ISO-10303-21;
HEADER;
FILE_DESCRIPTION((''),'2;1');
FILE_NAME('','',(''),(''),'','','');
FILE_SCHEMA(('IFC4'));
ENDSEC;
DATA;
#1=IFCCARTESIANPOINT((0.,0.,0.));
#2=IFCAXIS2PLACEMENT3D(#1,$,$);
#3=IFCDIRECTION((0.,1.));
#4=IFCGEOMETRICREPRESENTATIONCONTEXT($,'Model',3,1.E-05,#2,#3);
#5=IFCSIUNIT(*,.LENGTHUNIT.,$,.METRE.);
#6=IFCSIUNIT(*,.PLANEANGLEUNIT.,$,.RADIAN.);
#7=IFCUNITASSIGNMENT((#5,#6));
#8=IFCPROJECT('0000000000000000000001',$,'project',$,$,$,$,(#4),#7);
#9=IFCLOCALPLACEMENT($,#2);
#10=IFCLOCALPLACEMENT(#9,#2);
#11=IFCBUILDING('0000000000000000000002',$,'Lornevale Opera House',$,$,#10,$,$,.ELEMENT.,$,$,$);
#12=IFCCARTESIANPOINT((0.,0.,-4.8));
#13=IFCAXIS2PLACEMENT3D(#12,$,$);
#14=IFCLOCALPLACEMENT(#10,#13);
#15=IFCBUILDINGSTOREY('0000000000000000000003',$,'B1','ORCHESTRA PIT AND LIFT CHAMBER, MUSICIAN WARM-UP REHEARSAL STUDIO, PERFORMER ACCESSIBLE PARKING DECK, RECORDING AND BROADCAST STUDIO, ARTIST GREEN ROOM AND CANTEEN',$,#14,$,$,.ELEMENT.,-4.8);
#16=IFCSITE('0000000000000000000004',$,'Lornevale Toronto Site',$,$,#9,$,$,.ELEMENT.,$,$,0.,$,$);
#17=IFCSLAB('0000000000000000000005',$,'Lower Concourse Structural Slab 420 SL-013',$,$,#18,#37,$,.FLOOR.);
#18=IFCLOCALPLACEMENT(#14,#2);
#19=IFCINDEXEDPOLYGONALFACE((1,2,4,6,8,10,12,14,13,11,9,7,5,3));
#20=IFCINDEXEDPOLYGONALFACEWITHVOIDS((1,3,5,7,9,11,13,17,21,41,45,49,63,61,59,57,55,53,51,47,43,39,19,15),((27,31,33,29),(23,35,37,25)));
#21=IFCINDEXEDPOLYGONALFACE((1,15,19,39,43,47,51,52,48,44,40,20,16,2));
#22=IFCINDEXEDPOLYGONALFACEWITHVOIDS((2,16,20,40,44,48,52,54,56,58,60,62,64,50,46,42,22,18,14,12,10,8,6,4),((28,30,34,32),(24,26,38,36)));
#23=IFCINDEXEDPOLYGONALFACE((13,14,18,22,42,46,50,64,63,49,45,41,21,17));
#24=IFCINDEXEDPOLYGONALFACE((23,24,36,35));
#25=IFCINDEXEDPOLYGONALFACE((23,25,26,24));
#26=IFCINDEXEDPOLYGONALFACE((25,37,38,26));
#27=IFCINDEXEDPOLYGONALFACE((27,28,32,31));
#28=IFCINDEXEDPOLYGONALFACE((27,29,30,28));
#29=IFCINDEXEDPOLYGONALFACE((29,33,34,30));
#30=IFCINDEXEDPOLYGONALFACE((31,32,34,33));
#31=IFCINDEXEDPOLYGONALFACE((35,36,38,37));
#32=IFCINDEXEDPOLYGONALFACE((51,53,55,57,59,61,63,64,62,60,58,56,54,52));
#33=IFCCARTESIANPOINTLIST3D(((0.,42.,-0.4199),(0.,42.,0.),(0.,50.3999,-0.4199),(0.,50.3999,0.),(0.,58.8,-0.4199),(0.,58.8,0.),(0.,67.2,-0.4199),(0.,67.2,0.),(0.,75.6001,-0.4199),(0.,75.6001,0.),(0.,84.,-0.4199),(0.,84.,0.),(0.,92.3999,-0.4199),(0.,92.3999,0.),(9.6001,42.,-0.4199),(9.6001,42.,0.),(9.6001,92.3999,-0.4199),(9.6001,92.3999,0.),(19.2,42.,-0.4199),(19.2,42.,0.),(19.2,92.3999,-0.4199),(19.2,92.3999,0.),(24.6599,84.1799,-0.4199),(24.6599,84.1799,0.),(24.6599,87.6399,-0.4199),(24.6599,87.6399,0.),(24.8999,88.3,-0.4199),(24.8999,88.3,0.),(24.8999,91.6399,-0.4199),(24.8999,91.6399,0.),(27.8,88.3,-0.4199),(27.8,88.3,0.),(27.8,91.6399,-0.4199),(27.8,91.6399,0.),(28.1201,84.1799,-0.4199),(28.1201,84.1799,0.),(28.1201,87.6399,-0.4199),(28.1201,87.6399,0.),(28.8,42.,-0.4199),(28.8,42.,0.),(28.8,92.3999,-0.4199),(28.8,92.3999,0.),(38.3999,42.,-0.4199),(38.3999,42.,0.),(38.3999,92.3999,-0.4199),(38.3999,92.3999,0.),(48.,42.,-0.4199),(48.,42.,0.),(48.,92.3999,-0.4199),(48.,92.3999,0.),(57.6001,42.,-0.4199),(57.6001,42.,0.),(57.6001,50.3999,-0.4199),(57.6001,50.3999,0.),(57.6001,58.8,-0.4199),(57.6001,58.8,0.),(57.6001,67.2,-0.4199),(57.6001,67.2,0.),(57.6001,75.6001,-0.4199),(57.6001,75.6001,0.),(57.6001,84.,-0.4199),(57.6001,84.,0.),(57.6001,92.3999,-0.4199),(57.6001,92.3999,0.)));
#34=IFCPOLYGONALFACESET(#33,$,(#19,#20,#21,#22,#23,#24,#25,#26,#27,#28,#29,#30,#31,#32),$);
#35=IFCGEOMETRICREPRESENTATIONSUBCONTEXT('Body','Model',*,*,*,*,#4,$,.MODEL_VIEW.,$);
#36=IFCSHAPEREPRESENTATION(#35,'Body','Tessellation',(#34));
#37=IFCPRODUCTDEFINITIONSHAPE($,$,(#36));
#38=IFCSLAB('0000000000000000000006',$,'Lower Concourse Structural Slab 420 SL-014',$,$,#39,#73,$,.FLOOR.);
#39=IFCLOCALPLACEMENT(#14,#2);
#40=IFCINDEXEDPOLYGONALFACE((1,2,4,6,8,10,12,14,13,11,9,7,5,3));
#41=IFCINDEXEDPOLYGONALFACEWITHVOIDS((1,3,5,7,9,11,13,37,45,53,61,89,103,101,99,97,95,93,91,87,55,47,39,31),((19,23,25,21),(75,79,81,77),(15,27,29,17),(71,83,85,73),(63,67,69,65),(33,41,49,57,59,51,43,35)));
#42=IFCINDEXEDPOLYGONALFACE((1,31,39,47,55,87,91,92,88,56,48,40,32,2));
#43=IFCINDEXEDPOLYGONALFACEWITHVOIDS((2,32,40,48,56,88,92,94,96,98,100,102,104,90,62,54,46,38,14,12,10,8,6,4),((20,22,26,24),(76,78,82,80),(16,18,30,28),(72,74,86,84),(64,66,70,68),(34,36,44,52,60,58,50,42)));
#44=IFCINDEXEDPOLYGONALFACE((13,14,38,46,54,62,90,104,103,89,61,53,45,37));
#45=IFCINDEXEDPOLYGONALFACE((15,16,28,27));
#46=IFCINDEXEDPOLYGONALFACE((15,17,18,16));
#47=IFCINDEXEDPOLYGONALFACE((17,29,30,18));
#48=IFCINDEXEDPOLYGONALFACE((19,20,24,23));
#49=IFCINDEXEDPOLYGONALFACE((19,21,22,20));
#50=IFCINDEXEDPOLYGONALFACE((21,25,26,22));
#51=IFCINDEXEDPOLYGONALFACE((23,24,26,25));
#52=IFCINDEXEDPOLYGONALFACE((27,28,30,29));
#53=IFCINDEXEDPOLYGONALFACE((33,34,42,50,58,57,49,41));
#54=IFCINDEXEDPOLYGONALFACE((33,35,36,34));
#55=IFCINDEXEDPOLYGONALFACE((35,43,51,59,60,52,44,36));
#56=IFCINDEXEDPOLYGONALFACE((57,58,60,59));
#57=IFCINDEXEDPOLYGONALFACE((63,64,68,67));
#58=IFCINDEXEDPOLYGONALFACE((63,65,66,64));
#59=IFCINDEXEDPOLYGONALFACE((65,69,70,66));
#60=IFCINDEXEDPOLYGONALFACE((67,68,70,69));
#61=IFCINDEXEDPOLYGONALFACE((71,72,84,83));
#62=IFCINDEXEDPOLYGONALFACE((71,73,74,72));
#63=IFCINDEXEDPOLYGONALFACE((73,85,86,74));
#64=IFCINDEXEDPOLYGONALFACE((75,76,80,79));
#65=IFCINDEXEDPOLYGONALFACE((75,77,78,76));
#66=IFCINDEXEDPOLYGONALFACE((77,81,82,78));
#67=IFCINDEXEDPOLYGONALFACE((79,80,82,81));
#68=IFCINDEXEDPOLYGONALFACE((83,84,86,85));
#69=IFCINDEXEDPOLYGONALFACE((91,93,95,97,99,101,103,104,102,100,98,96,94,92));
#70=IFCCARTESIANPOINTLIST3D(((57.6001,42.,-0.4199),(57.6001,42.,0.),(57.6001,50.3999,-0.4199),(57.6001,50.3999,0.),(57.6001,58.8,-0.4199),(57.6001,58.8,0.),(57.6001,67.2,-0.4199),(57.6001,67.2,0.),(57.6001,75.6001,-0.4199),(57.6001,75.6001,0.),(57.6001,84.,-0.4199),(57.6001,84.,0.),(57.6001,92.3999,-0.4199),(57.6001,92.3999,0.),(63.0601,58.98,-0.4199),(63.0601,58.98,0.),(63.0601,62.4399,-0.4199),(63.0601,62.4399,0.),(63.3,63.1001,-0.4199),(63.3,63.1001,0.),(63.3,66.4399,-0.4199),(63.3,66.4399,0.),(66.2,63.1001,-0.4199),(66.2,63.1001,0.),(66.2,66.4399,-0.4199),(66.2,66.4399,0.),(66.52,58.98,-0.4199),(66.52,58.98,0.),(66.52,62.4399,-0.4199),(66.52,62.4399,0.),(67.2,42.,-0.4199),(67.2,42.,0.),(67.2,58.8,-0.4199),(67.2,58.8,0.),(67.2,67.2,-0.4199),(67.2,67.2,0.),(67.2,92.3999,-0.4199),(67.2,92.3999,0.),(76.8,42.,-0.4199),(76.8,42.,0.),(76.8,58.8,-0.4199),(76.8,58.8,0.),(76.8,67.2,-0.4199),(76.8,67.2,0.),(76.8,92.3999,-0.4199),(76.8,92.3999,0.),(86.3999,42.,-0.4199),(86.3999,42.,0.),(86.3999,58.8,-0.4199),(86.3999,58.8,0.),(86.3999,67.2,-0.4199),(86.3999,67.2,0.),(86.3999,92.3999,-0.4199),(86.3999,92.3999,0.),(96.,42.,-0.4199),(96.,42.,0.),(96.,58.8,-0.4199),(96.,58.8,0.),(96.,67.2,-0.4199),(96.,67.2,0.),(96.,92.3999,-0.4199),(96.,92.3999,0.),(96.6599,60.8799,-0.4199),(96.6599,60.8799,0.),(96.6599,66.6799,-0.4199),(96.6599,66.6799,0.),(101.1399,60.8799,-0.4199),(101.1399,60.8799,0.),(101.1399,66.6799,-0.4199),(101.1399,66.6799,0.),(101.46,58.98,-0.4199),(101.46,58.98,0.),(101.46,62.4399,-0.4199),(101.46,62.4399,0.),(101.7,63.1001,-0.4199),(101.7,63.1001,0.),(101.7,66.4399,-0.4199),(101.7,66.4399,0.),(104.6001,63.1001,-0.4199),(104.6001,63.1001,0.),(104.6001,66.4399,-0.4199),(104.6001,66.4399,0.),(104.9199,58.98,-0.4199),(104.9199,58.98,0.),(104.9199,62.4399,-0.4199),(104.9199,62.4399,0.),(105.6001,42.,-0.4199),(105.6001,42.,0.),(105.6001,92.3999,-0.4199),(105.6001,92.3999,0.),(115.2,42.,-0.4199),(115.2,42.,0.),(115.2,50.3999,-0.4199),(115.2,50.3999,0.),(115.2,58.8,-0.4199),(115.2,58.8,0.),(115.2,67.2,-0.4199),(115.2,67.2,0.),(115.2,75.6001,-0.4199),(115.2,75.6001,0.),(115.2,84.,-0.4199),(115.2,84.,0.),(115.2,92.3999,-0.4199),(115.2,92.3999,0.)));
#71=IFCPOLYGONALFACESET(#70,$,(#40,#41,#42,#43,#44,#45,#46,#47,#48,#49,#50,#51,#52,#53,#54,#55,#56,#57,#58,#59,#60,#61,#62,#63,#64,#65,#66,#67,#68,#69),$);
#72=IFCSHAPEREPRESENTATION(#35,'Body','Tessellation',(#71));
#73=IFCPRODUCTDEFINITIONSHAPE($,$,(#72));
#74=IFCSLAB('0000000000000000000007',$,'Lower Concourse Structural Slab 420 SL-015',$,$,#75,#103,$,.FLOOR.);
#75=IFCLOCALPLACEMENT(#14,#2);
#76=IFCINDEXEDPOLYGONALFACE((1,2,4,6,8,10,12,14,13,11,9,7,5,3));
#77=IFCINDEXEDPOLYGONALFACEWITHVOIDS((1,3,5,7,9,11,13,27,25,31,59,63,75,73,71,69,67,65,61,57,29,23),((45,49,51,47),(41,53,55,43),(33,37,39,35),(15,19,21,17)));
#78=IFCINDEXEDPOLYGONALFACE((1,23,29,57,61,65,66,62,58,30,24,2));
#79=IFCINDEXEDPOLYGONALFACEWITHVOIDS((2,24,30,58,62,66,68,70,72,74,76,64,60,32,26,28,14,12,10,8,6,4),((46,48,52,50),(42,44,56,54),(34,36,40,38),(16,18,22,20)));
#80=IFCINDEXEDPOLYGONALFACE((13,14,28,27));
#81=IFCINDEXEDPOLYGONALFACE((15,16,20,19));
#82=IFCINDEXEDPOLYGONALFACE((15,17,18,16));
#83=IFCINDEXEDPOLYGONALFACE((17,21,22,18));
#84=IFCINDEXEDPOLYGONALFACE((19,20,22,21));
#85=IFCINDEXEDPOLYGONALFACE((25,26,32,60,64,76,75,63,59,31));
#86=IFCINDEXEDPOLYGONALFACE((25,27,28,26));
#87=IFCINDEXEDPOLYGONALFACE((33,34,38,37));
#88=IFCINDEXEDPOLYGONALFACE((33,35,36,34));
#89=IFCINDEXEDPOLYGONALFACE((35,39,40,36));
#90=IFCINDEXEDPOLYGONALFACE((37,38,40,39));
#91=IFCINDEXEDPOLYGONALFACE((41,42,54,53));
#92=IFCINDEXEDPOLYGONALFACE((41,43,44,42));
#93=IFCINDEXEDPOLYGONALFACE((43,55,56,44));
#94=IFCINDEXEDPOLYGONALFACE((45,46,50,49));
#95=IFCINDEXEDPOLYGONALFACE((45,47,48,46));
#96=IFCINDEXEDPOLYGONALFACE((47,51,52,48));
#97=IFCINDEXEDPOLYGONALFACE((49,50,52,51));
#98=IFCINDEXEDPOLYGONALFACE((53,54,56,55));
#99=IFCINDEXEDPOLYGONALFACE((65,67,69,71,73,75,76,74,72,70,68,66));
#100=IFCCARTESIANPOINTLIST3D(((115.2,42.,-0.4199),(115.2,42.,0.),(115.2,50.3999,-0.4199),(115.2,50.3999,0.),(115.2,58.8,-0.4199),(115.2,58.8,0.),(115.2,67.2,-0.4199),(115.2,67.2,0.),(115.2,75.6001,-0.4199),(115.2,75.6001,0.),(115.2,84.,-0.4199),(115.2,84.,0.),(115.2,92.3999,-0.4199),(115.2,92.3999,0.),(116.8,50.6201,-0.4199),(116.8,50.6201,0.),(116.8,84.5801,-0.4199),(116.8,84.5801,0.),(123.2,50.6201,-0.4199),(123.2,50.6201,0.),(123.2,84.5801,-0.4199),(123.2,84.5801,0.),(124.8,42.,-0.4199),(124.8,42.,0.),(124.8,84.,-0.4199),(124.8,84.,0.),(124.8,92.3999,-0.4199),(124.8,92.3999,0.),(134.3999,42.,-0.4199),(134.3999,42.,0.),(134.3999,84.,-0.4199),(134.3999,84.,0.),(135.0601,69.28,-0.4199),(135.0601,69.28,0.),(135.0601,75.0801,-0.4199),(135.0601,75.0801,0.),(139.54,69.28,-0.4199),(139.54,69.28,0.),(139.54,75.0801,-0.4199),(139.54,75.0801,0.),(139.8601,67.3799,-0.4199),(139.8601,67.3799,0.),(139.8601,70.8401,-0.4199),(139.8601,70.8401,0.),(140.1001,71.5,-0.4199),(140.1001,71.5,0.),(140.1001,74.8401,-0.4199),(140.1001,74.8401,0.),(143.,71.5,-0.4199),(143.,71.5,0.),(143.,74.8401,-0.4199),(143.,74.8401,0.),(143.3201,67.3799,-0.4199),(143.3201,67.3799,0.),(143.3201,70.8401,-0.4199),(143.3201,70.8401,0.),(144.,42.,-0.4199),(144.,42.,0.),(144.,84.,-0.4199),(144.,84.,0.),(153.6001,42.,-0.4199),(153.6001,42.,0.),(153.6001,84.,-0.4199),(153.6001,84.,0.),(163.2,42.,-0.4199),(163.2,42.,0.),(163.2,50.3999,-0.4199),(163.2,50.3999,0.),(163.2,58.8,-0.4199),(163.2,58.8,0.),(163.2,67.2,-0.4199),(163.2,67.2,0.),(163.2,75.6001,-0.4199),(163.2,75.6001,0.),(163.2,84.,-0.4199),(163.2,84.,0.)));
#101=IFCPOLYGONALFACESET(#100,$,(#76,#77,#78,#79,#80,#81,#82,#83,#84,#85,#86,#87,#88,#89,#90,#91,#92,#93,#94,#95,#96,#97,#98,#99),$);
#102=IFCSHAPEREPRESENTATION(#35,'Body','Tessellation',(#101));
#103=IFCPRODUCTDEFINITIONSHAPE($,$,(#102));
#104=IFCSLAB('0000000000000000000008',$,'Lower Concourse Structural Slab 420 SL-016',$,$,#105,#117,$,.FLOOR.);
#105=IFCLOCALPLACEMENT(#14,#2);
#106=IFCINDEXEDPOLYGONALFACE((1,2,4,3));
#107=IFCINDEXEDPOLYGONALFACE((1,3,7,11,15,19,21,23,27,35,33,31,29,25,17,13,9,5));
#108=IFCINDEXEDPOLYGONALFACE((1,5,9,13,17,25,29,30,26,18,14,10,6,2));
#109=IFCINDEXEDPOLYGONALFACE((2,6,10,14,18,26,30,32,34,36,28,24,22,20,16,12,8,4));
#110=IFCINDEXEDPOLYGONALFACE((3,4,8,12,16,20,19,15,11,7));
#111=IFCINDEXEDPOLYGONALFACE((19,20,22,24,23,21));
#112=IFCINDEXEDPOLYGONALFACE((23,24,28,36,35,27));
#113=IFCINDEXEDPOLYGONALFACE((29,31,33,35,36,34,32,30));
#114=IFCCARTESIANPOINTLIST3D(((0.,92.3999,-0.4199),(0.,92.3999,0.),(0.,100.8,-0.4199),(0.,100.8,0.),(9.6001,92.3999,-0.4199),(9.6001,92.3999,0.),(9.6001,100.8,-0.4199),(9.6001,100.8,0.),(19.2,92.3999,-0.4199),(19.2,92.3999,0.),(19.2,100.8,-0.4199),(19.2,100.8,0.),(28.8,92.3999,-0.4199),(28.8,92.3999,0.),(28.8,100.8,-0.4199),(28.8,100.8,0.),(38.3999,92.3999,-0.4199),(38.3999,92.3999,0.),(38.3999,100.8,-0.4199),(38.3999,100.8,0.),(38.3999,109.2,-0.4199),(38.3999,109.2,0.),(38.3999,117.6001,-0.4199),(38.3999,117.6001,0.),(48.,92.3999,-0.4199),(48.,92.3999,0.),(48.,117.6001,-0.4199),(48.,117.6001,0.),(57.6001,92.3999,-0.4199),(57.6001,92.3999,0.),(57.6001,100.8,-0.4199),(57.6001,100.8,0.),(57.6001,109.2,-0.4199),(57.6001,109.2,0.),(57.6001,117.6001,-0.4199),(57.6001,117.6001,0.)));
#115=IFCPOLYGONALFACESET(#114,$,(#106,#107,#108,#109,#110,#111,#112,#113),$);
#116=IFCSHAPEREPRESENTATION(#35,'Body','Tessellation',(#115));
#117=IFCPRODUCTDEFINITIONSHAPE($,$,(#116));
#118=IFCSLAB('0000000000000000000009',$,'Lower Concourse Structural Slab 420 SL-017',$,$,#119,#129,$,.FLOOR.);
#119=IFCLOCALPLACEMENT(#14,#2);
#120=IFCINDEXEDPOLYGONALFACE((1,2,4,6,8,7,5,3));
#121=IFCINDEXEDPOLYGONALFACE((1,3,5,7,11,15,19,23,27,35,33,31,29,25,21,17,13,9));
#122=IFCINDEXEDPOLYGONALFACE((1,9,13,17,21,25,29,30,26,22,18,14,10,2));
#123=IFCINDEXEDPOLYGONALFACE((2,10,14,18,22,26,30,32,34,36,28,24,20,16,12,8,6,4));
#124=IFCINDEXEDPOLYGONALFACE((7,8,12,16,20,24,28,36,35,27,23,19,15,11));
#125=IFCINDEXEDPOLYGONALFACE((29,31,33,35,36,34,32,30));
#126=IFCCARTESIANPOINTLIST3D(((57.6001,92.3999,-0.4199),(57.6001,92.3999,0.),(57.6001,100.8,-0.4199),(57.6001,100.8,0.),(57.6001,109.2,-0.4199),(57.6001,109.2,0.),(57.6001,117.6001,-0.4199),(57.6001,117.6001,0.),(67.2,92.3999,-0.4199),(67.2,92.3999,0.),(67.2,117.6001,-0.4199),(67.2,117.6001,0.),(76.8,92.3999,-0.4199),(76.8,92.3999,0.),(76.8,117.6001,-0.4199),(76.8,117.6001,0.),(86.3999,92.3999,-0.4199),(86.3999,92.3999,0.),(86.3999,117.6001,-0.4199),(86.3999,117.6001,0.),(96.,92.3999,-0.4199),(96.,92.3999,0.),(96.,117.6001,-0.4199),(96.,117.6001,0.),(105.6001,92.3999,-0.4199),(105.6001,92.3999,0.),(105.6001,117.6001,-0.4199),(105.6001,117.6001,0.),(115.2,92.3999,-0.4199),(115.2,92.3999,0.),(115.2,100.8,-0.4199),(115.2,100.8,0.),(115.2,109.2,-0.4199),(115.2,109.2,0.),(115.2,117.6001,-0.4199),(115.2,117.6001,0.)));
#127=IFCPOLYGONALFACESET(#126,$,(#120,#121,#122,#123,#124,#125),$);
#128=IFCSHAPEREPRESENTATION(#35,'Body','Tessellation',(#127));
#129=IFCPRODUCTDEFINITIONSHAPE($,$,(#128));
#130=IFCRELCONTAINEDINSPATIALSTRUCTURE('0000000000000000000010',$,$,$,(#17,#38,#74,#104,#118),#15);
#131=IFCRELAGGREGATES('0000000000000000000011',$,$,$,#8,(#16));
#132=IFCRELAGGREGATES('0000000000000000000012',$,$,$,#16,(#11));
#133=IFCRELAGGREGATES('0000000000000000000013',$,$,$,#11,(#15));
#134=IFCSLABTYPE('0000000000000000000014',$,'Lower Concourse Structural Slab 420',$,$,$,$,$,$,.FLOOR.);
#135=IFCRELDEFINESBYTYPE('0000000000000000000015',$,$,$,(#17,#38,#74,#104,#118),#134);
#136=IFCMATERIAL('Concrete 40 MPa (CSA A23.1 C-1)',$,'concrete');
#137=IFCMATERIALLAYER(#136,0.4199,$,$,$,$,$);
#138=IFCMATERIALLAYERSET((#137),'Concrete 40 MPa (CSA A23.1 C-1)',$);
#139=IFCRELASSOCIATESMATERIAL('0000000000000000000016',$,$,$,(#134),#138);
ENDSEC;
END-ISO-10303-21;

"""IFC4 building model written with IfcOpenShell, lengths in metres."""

from ifc_helpers import new_model, si_unit, direction, frame, origin, place, context, subcontext, project, spatial, polyline, outline, extrude, material, layer, layer_set, type_object, element, save


model = new_model("IFC4")

# Units and contexts
model_context = context("Model", 3, precision=1e-05, world=origin(), true_north=direction((0.0, 1.0)))
body_context = subcontext(model_context, "Body", "Model", "MODEL_VIEW")
ifc_project = project(units=[si_unit("LENGTHUNIT", "METRE"), si_unit("PLANEANGLEUNIT", "RADIAN")], contexts=[model_context])

# Site, building, storey
site_placement = place(None, origin())
site = spatial("IfcSite", under=ifc_project, at=site_placement, Name="Lornevale Toronto Site", CompositionType="ELEMENT", RefElevation=0.0)
building_placement = place(site_placement, origin())
building = spatial("IfcBuilding", under=site, at=building_placement, Name="Lornevale Opera House", CompositionType="ELEMENT")
storey_placement = place(building_placement, frame((0.0, 0.0, -4.8)))
storey = spatial("IfcBuildingStorey", under=building, at=storey_placement, Name="B1", Description="ORCHESTRA PIT AND LIFT CHAMBER, MUSICIAN WARM-UP REHEARSAL STUDIO, PERFORMER ACCESSIBLE PARKING DECK, RECORDING AND BROADCAST STUDIO, ARTIST GREEN ROOM AND CANTEEN", CompositionType="ELEMENT", Elevation=-4.8)

# Shared definitions
ifc_material_1 = material(Name="Concrete 40 MPa (CSA A23.1 C-1)", Category="concrete")

# Slabs
ifc_layer_1 = layer(ifc_material_1, 0.4199)
ifc_layer_set_1 = layer_set([ifc_layer_1], Name="Concrete 40 MPa (CSA A23.1 C-1)")
slab_type_1 = type_object("IfcSlabType", Name="Lower Concourse Structural Slab 420", PredefinedType="FLOOR", material=ifc_layer_set_1)
slab_1_placement = place(storey_placement, frame((0.0, 0.0, -0.4199)))
element("IfcSlab", 1, at=slab_1_placement, inside=storey, type_object=slab_type_1, Name="Lower Concourse Structural Slab 420 SL-013", PredefinedType="FLOOR", context=body_context, shape_type="SweptSolid", body=[
    extrude(outline(polyline([(9.6001, 42.0), (0.0, 42.0), (0.0, 50.3999), (0.0, 58.8), (0.0, 67.2), (0.0, 75.6001), (0.0, 84.0), (0.0, 92.3999), (9.6001, 92.3999), (19.2, 92.3999), (28.8, 92.3999), (38.3999, 92.3999), (48.0, 92.3999), (57.6001, 92.3999), (57.6001, 84.0), (57.6001, 75.6001), (57.6001, 67.2), (57.6001, 58.8), (57.6001, 50.3999), (57.6001, 42.0), (48.0, 42.0), (38.3999, 42.0), (28.8, 42.0), (19.2, 42.0), (9.6001, 42.0)]), holes=[polyline([(24.6599, 84.1799), (28.1201, 84.1799), (28.1201, 87.6399), (24.6599, 87.6399), (24.6599, 84.1799)]), polyline([(24.8999, 88.3), (27.8, 88.3), (27.8, 91.6399), (24.8999, 91.6399), (24.8999, 88.3)])]), origin(), (0.0, 0.0, 1.0), 0.4199),
])
slab_2_placement = place(storey_placement, frame((0.0, 0.0, -0.4199)))
element("IfcSlab", 2, at=slab_2_placement, inside=storey, type_object=slab_type_1, Name="Lower Concourse Structural Slab 420 SL-014", PredefinedType="FLOOR", context=body_context, shape_type="SweptSolid", body=[
    extrude(outline(polyline([(67.2, 42.0), (57.6001, 42.0), (57.6001, 50.3999), (57.6001, 58.8), (57.6001, 67.2), (57.6001, 75.6001), (57.6001, 84.0), (57.6001, 92.3999), (67.2, 92.3999), (76.8, 92.3999), (86.3999, 92.3999), (96.0, 92.3999), (105.6001, 92.3999), (115.2, 92.3999), (115.2, 84.0), (115.2, 75.6001), (115.2, 67.2), (115.2, 58.8), (115.2, 50.3999), (115.2, 42.0), (105.6001, 42.0), (96.0, 42.0), (86.3999, 42.0), (76.8, 42.0), (67.2, 42.0)]), holes=[polyline([(76.8, 67.2), (67.2, 67.2), (67.2, 58.8), (76.8, 58.8), (86.3999, 58.8), (96.0, 58.8), (96.0, 67.2), (86.3999, 67.2), (76.8, 67.2)]), polyline([(63.0601, 58.98), (66.52, 58.98), (66.52, 62.4399), (63.0601, 62.4399), (63.0601, 58.98)]), polyline([(101.46, 58.98), (104.9199, 58.98), (104.9199, 62.4399), (101.46, 62.4399), (101.46, 58.98)]), polyline([(96.6599, 60.8799), (101.1399, 60.8799), (101.1399, 66.6799), (96.6599, 66.6799), (96.6599, 60.8799)]), polyline([(63.3, 63.1001), (66.2, 63.1001), (66.2, 66.4399), (63.3, 66.4399), (63.3, 63.1001)]), polyline([(101.7, 63.1001), (104.6001, 63.1001), (104.6001, 66.4399), (101.7, 66.4399), (101.7, 63.1001)])]), origin(), (0.0, 0.0, 1.0), 0.4199),
])
slab_3_placement = place(storey_placement, frame((0.0, 0.0, -0.4199)))
element("IfcSlab", 3, at=slab_3_placement, inside=storey, type_object=slab_type_1, Name="Lower Concourse Structural Slab 420 SL-015", PredefinedType="FLOOR", context=body_context, shape_type="SweptSolid", body=[
    extrude(outline(polyline([(115.2, 67.2), (115.2, 75.6001), (115.2, 84.0), (115.2, 92.3999), (124.8, 92.3999), (124.8, 84.0), (134.3999, 84.0), (144.0, 84.0), (153.6001, 84.0), (163.2, 84.0), (163.2, 75.6001), (163.2, 67.2), (163.2, 58.8), (163.2, 50.3999), (163.2, 42.0), (153.6001, 42.0), (144.0, 42.0), (134.3999, 42.0), (124.8, 42.0), (115.2, 42.0), (115.2, 50.3999), (115.2, 58.8), (115.2, 67.2)]), holes=[polyline([(139.8601, 67.3799), (143.3201, 67.3799), (143.3201, 70.8401), (139.8601, 70.8401), (139.8601, 67.3799)]), polyline([(135.0601, 69.28), (139.54, 69.28), (139.54, 75.0801), (135.0601, 75.0801), (135.0601, 69.28)]), polyline([(116.8, 50.6201), (123.2, 50.6201), (123.2, 84.5801), (116.8, 84.5801), (116.8, 50.6201)]), polyline([(140.1001, 71.5), (143.0, 71.5), (143.0, 74.8401), (140.1001, 74.8401), (140.1001, 71.5)])]), origin(), (0.0, 0.0, 1.0), 0.4199),
])
slab_4_placement = place(storey_placement, frame((0.0, 0.0, -0.4199)))
element("IfcSlab", 4, at=slab_4_placement, inside=storey, type_object=slab_type_1, Name="Lower Concourse Structural Slab 420 SL-016", PredefinedType="FLOOR", context=body_context, shape_type="SweptSolid", body=[
    extrude(outline(polyline([(9.6001, 100.8), (19.2, 100.8), (28.8, 100.8), (38.3999, 100.8), (38.3999, 109.2), (38.3999, 117.6001), (48.0, 117.6001), (57.6001, 117.6001), (57.6001, 109.2), (57.6001, 100.8), (57.6001, 92.3999), (48.0, 92.3999), (38.3999, 92.3999), (28.8, 92.3999), (19.2, 92.3999), (9.6001, 92.3999), (0.0, 92.3999), (0.0, 100.8), (9.6001, 100.8)])), origin(), (0.0, 0.0, 1.0), 0.4199),
])
slab_5_placement = place(storey_placement, frame((0.0, 0.0, -0.4199)))
element("IfcSlab", 5, at=slab_5_placement, inside=storey, type_object=slab_type_1, Name="Lower Concourse Structural Slab 420 SL-017", PredefinedType="FLOOR", context=body_context, shape_type="SweptSolid", body=[
    extrude(outline(polyline([(57.6001, 117.6001), (67.2, 117.6001), (76.8, 117.6001), (86.3999, 117.6001), (96.0, 117.6001), (105.6001, 117.6001), (115.2, 117.6001), (115.2, 109.2), (115.2, 100.8), (115.2, 92.3999), (105.6001, 92.3999), (96.0, 92.3999), (86.3999, 92.3999), (76.8, 92.3999), (67.2, 92.3999), (57.6001, 92.3999), (57.6001, 100.8), (57.6001, 109.2), (57.6001, 117.6001)])), origin(), (0.0, 0.0, 1.0), 0.4199),
])

save(model, "model.ifc")
